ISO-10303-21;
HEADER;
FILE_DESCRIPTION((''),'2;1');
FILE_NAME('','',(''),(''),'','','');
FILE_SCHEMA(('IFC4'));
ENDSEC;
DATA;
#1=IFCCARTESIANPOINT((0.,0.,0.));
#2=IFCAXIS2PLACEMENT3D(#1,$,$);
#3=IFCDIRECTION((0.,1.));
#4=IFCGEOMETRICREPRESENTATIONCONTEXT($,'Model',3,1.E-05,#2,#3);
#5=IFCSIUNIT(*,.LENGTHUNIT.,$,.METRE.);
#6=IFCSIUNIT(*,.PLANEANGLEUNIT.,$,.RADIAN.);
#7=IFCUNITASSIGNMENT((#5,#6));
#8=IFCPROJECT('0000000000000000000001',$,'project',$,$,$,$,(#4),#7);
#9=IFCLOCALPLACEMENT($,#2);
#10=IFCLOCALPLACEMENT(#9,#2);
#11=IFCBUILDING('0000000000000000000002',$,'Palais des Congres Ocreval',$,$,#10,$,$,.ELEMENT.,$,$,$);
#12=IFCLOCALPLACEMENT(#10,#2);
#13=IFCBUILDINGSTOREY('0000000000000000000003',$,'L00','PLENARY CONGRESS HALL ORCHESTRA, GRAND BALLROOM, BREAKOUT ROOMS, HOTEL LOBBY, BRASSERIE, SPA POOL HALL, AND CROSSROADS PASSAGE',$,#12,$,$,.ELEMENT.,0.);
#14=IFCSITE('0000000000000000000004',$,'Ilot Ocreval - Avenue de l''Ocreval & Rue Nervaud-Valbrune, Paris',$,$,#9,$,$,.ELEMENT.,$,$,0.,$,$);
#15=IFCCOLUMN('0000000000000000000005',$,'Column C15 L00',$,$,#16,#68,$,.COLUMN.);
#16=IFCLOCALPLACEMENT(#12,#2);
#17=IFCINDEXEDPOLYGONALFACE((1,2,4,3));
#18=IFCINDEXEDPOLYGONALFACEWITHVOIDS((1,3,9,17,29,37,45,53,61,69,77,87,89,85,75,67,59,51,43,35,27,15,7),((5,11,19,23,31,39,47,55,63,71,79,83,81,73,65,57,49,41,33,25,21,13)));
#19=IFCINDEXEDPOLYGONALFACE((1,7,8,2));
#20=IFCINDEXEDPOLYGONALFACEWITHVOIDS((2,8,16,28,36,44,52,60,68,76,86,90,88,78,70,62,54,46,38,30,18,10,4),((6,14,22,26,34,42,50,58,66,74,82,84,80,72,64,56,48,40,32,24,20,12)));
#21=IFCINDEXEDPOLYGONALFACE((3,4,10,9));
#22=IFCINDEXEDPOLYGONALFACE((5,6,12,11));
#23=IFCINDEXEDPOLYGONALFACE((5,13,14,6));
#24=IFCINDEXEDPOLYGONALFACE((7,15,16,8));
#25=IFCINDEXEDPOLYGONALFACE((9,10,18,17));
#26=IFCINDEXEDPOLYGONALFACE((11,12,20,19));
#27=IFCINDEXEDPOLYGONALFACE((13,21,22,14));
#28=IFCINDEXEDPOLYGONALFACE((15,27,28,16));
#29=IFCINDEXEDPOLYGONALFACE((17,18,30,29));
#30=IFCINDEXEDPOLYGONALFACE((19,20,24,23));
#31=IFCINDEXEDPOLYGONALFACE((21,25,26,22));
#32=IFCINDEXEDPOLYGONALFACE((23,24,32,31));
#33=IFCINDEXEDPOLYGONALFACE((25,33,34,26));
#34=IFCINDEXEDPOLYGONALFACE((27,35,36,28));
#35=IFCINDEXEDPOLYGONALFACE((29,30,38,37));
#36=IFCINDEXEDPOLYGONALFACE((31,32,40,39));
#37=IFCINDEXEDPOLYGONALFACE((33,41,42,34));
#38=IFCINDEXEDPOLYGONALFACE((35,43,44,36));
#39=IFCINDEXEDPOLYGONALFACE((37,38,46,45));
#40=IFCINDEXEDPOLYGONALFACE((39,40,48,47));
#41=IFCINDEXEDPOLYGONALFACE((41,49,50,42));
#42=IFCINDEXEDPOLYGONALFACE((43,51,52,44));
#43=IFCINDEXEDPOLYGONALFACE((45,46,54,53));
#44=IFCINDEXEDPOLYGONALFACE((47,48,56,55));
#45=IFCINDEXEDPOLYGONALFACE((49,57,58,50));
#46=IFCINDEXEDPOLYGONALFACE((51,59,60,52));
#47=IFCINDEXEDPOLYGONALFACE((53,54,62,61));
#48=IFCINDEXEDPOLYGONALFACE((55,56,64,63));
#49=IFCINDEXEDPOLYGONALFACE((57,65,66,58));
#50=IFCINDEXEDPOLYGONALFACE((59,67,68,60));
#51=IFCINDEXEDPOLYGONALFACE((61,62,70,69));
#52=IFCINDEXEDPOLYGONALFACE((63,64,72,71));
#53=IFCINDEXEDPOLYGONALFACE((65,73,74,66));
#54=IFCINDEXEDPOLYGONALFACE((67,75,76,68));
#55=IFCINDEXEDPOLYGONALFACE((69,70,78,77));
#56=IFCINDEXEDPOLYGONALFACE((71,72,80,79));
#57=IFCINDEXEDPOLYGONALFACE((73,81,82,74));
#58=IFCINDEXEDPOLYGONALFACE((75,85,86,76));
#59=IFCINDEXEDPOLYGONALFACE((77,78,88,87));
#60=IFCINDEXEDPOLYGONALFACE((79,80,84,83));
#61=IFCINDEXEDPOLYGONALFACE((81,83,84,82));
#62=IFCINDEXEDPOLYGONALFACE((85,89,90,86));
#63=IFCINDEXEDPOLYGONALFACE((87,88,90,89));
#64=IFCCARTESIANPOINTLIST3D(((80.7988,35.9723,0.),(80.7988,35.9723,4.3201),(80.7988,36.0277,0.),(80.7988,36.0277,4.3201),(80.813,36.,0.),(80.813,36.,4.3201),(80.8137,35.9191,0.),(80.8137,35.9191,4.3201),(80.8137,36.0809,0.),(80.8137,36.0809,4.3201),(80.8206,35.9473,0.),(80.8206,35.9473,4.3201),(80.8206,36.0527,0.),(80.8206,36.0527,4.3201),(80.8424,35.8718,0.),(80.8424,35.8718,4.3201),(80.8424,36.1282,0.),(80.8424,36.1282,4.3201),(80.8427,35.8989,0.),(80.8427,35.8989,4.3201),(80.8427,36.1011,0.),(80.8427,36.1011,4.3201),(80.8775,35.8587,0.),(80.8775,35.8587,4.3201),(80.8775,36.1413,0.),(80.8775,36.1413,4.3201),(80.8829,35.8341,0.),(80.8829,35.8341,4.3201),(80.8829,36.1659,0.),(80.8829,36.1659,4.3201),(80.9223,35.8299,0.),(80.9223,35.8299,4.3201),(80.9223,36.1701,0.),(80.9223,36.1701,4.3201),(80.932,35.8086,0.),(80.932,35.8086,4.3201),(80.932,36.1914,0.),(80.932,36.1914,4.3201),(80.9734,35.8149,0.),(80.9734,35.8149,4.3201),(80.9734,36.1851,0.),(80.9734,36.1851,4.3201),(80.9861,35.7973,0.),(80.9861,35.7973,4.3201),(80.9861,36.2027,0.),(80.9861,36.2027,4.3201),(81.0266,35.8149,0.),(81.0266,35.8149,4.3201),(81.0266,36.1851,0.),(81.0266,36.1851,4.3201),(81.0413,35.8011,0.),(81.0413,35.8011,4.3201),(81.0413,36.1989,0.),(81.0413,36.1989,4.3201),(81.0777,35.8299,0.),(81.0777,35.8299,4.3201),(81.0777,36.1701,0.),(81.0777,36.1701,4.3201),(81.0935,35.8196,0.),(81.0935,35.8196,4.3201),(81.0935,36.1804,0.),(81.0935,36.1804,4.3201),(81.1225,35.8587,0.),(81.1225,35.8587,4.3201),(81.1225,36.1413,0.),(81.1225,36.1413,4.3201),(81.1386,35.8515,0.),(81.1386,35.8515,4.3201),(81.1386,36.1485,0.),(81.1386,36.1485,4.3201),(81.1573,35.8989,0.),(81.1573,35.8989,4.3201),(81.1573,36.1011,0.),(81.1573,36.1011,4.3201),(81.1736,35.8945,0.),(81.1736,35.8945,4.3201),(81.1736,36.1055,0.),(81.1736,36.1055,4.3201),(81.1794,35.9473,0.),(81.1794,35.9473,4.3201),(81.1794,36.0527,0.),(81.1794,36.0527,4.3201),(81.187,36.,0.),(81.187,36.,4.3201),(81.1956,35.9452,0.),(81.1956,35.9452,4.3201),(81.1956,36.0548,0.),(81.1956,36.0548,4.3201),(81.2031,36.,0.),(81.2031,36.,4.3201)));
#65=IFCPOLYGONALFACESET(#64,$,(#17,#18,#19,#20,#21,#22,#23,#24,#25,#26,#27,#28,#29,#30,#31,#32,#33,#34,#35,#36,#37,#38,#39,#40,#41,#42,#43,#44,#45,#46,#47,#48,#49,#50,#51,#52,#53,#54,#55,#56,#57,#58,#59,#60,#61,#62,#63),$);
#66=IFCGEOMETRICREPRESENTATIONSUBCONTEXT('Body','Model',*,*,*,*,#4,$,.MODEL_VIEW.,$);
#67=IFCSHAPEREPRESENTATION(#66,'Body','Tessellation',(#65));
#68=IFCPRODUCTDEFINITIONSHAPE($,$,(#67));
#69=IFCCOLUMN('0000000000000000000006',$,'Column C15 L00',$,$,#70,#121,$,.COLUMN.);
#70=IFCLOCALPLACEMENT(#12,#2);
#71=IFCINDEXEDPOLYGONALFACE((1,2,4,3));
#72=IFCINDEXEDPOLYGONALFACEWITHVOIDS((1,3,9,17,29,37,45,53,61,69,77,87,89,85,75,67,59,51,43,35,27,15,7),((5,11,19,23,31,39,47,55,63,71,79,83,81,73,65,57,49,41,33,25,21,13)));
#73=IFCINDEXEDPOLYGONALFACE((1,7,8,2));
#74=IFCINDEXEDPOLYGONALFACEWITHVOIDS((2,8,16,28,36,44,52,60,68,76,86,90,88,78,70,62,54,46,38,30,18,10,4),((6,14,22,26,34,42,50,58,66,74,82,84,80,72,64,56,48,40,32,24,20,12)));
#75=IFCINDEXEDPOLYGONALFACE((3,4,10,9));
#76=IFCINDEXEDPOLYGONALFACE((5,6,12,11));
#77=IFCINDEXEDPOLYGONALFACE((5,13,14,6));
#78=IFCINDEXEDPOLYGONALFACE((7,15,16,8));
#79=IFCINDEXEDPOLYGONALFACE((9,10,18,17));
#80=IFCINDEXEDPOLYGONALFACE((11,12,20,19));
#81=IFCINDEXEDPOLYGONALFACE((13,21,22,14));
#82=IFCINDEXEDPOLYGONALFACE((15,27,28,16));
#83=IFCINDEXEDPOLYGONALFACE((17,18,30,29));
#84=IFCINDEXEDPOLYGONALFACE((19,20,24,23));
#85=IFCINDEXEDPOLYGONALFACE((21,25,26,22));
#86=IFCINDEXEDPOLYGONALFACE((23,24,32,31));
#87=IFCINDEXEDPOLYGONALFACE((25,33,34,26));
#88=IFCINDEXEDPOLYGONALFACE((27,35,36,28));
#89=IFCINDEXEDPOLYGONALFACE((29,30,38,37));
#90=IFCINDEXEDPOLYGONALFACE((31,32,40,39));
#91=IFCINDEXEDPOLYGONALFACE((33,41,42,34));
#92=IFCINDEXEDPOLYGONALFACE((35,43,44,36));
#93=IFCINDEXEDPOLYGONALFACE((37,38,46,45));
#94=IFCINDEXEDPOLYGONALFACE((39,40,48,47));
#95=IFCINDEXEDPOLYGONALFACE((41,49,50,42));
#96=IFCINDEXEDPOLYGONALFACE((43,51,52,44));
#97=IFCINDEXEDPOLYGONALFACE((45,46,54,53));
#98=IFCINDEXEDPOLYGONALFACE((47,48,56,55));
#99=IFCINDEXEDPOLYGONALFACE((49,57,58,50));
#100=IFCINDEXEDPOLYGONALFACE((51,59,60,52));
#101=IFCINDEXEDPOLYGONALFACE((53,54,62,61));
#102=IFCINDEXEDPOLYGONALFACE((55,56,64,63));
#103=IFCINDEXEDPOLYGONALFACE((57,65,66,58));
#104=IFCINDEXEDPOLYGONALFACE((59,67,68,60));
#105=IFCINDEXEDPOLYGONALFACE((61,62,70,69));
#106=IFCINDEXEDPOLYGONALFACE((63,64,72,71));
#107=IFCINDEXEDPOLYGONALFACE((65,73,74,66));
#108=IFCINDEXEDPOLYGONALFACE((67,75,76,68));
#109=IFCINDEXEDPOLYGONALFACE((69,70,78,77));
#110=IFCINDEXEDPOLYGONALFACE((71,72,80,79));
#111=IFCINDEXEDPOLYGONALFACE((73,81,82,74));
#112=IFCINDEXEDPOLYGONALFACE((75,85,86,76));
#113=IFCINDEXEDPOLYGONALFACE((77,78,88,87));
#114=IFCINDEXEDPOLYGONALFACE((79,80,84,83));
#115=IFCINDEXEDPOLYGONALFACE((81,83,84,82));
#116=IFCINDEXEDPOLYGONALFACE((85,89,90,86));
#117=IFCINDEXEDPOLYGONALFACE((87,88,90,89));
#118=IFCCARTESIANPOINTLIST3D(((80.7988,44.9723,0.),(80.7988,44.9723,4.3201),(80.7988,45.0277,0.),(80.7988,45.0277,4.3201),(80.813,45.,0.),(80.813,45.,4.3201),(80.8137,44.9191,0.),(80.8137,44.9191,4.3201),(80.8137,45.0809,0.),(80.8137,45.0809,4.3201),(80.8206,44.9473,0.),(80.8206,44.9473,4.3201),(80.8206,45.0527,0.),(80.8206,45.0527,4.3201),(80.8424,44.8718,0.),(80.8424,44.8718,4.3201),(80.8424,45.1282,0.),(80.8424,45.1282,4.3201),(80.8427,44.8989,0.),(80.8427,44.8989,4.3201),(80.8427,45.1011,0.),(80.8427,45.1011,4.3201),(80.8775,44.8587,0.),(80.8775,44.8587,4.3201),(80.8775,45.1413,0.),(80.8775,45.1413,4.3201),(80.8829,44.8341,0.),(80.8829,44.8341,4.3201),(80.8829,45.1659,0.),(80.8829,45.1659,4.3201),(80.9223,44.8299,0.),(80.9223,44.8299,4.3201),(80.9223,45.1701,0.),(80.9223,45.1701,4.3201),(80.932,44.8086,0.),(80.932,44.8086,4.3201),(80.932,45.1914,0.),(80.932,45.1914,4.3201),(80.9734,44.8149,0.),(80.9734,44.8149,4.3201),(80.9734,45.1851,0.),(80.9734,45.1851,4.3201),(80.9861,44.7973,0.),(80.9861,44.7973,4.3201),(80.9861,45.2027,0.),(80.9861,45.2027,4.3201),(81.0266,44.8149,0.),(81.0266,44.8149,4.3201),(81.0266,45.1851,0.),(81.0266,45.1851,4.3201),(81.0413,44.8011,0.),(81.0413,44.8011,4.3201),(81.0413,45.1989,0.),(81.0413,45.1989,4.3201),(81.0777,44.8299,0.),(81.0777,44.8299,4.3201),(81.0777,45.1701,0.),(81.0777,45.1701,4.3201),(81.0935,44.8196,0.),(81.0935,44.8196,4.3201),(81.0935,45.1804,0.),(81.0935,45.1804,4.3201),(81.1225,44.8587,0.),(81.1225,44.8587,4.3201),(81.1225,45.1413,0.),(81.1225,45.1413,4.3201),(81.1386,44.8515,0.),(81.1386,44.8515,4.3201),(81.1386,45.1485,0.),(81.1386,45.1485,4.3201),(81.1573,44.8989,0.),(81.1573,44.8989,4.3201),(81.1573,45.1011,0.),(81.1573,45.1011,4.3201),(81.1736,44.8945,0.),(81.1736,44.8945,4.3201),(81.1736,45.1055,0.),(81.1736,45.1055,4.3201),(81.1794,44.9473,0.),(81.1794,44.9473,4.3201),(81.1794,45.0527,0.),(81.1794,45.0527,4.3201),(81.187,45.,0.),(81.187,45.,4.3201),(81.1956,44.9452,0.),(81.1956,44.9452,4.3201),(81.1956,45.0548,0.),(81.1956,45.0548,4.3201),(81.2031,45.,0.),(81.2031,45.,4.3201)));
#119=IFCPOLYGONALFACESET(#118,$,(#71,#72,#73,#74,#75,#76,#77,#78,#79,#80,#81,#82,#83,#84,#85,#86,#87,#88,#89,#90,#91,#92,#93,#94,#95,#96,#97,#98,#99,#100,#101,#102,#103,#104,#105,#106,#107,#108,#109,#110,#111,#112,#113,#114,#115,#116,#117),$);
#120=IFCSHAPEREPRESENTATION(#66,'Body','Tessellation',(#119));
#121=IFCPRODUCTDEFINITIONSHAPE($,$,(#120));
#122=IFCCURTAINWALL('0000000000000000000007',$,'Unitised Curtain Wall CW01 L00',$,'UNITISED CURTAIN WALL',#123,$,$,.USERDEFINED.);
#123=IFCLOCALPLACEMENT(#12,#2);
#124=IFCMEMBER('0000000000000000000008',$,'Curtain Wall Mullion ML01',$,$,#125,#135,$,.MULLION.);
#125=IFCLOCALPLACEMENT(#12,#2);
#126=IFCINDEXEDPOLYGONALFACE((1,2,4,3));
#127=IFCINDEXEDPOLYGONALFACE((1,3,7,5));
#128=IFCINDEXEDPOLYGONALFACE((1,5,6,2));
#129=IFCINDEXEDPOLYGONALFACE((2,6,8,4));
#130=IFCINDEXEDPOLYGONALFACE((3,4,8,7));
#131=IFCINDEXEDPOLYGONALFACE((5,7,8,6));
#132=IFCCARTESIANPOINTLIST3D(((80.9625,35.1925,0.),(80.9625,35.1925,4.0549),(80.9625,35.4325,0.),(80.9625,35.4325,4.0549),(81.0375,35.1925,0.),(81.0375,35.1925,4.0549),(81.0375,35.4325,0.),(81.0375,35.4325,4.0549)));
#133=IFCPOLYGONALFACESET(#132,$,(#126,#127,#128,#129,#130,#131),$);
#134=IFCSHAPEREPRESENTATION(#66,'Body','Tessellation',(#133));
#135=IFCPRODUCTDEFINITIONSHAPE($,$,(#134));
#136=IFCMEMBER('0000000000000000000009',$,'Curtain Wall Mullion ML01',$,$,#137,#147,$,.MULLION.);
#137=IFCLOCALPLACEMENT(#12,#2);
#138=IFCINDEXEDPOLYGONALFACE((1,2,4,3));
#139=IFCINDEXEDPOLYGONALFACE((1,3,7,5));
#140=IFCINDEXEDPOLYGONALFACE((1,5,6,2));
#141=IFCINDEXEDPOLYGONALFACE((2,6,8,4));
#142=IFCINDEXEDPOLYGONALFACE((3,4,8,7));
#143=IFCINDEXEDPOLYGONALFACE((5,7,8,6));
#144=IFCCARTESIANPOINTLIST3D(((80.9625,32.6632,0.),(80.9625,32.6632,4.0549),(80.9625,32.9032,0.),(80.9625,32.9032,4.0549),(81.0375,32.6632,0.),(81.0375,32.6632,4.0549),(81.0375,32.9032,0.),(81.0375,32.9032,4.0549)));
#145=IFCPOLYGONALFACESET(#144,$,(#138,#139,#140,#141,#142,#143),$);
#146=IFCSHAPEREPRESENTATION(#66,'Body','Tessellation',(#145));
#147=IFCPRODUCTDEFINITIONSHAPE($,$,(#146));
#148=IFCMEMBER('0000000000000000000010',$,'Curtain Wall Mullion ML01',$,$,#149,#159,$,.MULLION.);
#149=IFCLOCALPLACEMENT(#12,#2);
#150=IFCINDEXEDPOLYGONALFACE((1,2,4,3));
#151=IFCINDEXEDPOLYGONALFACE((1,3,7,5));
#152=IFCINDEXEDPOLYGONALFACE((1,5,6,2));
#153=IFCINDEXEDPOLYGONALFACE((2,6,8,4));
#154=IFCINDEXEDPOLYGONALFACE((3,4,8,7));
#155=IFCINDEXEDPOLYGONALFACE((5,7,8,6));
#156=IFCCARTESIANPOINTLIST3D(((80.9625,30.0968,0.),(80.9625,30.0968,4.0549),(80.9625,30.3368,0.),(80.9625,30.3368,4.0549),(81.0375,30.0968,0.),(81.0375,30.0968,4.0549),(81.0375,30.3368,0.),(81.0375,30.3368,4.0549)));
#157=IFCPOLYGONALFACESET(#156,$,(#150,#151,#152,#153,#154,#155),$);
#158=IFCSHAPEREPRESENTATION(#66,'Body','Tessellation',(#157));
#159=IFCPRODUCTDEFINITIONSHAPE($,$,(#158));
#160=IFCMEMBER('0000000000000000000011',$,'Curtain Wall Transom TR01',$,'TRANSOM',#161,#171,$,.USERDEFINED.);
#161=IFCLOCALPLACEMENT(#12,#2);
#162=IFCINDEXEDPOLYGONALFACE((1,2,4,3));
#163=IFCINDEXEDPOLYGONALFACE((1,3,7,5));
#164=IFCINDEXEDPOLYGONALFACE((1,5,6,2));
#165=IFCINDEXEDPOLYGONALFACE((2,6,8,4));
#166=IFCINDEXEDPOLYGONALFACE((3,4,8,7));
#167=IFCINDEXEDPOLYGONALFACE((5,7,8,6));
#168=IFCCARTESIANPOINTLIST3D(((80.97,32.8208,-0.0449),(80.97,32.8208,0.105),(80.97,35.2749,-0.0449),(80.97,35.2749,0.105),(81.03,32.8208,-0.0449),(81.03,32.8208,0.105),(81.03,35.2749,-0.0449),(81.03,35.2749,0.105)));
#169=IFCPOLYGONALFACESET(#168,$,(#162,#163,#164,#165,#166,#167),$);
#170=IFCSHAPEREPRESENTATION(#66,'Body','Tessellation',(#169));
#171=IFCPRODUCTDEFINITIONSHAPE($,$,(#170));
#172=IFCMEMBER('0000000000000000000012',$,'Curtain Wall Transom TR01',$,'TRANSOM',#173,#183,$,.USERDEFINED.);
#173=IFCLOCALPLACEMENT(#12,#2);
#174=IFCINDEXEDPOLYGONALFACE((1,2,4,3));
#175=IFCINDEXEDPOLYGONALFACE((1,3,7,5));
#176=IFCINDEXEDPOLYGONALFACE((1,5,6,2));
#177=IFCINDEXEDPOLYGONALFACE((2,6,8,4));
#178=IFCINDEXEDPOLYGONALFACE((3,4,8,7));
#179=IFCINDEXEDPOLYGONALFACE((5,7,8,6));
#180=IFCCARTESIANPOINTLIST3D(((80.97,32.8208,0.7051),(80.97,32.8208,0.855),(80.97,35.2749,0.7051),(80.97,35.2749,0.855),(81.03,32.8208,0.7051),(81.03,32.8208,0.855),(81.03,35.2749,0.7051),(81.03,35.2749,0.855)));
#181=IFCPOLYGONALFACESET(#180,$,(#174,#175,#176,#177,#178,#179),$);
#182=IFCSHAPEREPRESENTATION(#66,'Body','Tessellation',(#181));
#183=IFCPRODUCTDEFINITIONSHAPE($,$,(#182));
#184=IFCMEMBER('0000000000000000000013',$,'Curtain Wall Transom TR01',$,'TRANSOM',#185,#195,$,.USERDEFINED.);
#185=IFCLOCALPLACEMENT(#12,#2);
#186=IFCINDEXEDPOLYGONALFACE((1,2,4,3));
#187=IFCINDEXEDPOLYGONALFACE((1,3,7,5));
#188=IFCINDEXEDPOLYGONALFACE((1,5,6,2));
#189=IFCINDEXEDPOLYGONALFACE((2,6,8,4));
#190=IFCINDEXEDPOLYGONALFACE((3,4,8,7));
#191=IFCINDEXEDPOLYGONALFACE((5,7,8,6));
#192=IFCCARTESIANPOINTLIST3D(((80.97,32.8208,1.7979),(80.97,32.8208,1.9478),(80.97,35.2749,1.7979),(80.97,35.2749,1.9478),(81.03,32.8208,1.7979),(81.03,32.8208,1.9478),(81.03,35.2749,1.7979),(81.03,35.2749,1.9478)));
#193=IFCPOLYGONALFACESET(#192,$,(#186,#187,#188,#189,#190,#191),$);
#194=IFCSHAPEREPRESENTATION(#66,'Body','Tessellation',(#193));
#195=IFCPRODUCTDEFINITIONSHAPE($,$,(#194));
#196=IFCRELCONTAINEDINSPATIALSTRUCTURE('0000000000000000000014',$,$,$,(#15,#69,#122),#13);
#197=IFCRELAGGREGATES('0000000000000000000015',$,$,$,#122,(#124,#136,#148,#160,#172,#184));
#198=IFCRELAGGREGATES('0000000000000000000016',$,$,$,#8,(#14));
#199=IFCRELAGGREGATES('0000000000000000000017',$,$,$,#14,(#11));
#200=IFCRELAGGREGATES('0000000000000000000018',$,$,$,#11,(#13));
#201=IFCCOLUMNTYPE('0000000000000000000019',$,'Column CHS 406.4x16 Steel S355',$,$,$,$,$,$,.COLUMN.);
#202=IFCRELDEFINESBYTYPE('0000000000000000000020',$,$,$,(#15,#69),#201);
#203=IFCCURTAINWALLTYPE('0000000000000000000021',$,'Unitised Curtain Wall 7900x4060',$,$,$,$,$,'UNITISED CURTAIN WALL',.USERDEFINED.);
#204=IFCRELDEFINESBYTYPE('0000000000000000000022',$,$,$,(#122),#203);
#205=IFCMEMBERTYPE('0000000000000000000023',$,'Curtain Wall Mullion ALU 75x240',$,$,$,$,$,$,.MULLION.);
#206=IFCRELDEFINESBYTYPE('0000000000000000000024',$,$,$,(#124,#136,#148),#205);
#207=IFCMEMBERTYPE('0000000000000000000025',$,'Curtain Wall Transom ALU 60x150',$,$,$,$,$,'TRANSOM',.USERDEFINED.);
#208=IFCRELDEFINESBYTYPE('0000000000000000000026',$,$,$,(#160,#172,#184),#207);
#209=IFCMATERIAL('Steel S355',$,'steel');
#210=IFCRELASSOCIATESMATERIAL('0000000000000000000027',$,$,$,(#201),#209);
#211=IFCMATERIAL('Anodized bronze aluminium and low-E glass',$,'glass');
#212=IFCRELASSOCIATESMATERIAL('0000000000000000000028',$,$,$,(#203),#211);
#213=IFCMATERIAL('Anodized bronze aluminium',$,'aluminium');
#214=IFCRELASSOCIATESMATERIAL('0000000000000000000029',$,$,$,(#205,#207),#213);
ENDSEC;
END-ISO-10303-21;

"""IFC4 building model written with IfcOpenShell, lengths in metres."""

from ifc_helpers import new_model, si_unit, direction, frame, origin, origin_2d, place, context, subcontext, project, spatial, rectangle, hollow_circle, extrude, material, material_profile, profile_set, type_object, element, aggregate, save


model = new_model("IFC4")

# Units and contexts
model_context = context("Model", 3, precision=1e-05, world=origin(), true_north=direction((0.0, 1.0)))
body_context = subcontext(model_context, "Body", "Model", "MODEL_VIEW")
ifc_project = project(units=[si_unit("LENGTHUNIT", "METRE"), si_unit("PLANEANGLEUNIT", "RADIAN")], contexts=[model_context])

# Site, building, storey
site_placement = place(None, origin())
site = spatial("IfcSite", under=ifc_project, at=site_placement, Name="Ilot Ocreval - Avenue de l'Ocreval & Rue Nervaud-Valbrune, Paris", CompositionType="ELEMENT", RefElevation=0.0)
building_placement = place(site_placement, origin())
building = spatial("IfcBuilding", under=site, at=building_placement, Name="Palais des Congres Ocreval", CompositionType="ELEMENT")
storey_placement = place(building_placement, origin())
storey = spatial("IfcBuildingStorey", under=building, at=storey_placement, Name="L00", Description="PLENARY CONGRESS HALL ORCHESTRA, GRAND BALLROOM, BREAKOUT ROOMS, HOTEL LOBBY, BRASSERIE, SPA POOL HALL, AND CROSSROADS PASSAGE", CompositionType="ELEMENT", Elevation=0.0)

# Columns
ifc_material_1 = material(Name="Steel S355", Category="steel")
ifc_material_profile_1 = material_profile(ifc_material_1, hollow_circle(Radius=0.2031, WallThickness=0.0161, at=origin_2d()), Name="CHS 406.4x16")
ifc_profile_set_1 = profile_set([ifc_material_profile_1], Name="Steel S355")
column_type = type_object("IfcColumnType", Name="Column CHS 406.4x16 Steel S355", PredefinedType="COLUMN", material=ifc_profile_set_1)
for number, where, z_axis, x_axis, name in (
    (1, (81.0, 36.0, 0.0), (0.0, 0.0, 1.0), (1.0, 0.0, 0.0), "Column C15 L00"),
    (2, (81.0, 45.0, 0.0), (0.0, 0.0, 1.0), (1.0, 0.0, 0.0), "Column C15 L00"),
):
    element("IfcColumn", number, at=place(storey_placement, frame(where, z_axis=z_axis, x_axis=x_axis)), inside=storey, type_object=column_type, Name=name, PredefinedType="COLUMN", context=body_context, shape_type="SweptSolid", body=[
        extrude(hollow_circle(Radius=0.2031, WallThickness=0.0161, at=origin_2d()), origin(), (0.0, 0.0, 1.0), 4.3201),
    ])

# Curtain wall, members
ifc_material_2 = material(Name="Anodized bronze aluminium and low-E glass", Category="glass")
curtain_wall_type = type_object("IfcCurtainWallType", Name="Unitised Curtain Wall 7900x4060", ElementType="UNITISED CURTAIN WALL", PredefinedType="USERDEFINED", material=ifc_material_2)
curtain_wall_placement = place(storey_placement, origin())
curtain_wall = element("IfcCurtainWall", 3, at=curtain_wall_placement, inside=storey, type_object=curtain_wall_type, Name="Unitised Curtain Wall CW01 L00", ObjectType="UNITISED CURTAIN WALL", PredefinedType="USERDEFINED")
ifc_material_3 = material(Name="Anodized bronze aluminium", Category="aluminium")
ifc_material_profile_2 = material_profile(ifc_material_3, rectangle(XDim=0.075, YDim=0.24, at=origin_2d()), Name="ALU 75x240")
ifc_profile_set_2 = profile_set([ifc_material_profile_2], Name="Anodized bronze aluminium")
member_type_1 = type_object("IfcMemberType", Name="Curtain Wall Mullion ALU 75x240", PredefinedType="MULLION", material=ifc_profile_set_2)
member_1_placement = place(storey_placement, frame((81.0, 35.3125, 0.0), z_axis=(0.0, 0.0, 1.0), x_axis=(1.0, 0.0, 0.0)))
member_1 = element("IfcMember", 4, at=member_1_placement, type_object=member_type_1, Name="Curtain Wall Mullion ML01", PredefinedType="MULLION", context=body_context, shape_type="SweptSolid", body=[
    extrude(rectangle(XDim=0.075, YDim=0.24, at=origin_2d()), origin(), (0.0, 0.0, 1.0), 4.0549),
])
member_2_placement = place(storey_placement, frame((81.0, 32.7832, 0.0), z_axis=(0.0, 0.0, 1.0), x_axis=(1.0, 0.0, 0.0)))
member_2 = element("IfcMember", 5, at=member_2_placement, type_object=member_type_1, Name="Curtain Wall Mullion ML01", PredefinedType="MULLION", context=body_context, shape_type="SweptSolid", body=[
    extrude(rectangle(XDim=0.075, YDim=0.24, at=origin_2d()), origin(), (0.0, 0.0, 1.0), 4.0549),
])
member_3_placement = place(storey_placement, frame((81.0, 30.2168, 0.0), z_axis=(0.0, 0.0, 1.0), x_axis=(1.0, 0.0, 0.0)))
member_3 = element("IfcMember", 6, at=member_3_placement, type_object=member_type_1, Name="Curtain Wall Mullion ML01", PredefinedType="MULLION", context=body_context, shape_type="SweptSolid", body=[
    extrude(rectangle(XDim=0.075, YDim=0.24, at=origin_2d()), origin(), (0.0, 0.0, 1.0), 4.0549),
])
ifc_material_profile_3 = material_profile(ifc_material_3, rectangle(XDim=0.0601, YDim=0.1499, at=origin_2d()), Name="ALU 60x150")
ifc_profile_set_3 = profile_set([ifc_material_profile_3], Name="Anodized bronze aluminium")
member_type_2 = type_object("IfcMemberType", Name="Curtain Wall Transom ALU 60x150", ElementType="TRANSOM", PredefinedType="USERDEFINED", material=ifc_profile_set_3)
member_4_placement = place(storey_placement, frame((81.0, 35.2749, 0.03), z_axis=(0.0, -1.0, 0.0), x_axis=(1.0, 0.0, 0.0)))
member_4 = element("IfcMember", 7, at=member_4_placement, type_object=member_type_2, Name="Curtain Wall Transom TR01", ObjectType="TRANSOM", PredefinedType="USERDEFINED", context=body_context, shape_type="SweptSolid", body=[
    extrude(rectangle(XDim=0.0601, YDim=0.1499, at=origin_2d()), origin(), (0.0, 0.0, 1.0), 2.4541),
])
member_5_placement = place(storey_placement, frame((81.0, 35.2749, 0.78), z_axis=(0.0, -1.0, 0.0), x_axis=(1.0, 0.0, 0.0)))
member_5 = element("IfcMember", 8, at=member_5_placement, type_object=member_type_2, Name="Curtain Wall Transom TR01", ObjectType="TRANSOM", PredefinedType="USERDEFINED", context=body_context, shape_type="SweptSolid", body=[
    extrude(rectangle(XDim=0.0601, YDim=0.1499, at=origin_2d()), origin(), (0.0, 0.0, 1.0), 2.4541),
])
member_6_placement = place(storey_placement, frame((81.0, 35.2749, 1.8728), z_axis=(0.0, -1.0, 0.0), x_axis=(1.0, 0.0, 0.0)))
member_6 = element("IfcMember", 9, at=member_6_placement, type_object=member_type_2, Name="Curtain Wall Transom TR01", ObjectType="TRANSOM", PredefinedType="USERDEFINED", context=body_context, shape_type="SweptSolid", body=[
    extrude(rectangle(XDim=0.0601, YDim=0.1499, at=origin_2d()), origin(), (0.0, 0.0, 1.0), 2.4541),
])

aggregate(curtain_wall, [member_1, member_2, member_3, member_4, member_5, member_6])

save(model, "model.ifc")
